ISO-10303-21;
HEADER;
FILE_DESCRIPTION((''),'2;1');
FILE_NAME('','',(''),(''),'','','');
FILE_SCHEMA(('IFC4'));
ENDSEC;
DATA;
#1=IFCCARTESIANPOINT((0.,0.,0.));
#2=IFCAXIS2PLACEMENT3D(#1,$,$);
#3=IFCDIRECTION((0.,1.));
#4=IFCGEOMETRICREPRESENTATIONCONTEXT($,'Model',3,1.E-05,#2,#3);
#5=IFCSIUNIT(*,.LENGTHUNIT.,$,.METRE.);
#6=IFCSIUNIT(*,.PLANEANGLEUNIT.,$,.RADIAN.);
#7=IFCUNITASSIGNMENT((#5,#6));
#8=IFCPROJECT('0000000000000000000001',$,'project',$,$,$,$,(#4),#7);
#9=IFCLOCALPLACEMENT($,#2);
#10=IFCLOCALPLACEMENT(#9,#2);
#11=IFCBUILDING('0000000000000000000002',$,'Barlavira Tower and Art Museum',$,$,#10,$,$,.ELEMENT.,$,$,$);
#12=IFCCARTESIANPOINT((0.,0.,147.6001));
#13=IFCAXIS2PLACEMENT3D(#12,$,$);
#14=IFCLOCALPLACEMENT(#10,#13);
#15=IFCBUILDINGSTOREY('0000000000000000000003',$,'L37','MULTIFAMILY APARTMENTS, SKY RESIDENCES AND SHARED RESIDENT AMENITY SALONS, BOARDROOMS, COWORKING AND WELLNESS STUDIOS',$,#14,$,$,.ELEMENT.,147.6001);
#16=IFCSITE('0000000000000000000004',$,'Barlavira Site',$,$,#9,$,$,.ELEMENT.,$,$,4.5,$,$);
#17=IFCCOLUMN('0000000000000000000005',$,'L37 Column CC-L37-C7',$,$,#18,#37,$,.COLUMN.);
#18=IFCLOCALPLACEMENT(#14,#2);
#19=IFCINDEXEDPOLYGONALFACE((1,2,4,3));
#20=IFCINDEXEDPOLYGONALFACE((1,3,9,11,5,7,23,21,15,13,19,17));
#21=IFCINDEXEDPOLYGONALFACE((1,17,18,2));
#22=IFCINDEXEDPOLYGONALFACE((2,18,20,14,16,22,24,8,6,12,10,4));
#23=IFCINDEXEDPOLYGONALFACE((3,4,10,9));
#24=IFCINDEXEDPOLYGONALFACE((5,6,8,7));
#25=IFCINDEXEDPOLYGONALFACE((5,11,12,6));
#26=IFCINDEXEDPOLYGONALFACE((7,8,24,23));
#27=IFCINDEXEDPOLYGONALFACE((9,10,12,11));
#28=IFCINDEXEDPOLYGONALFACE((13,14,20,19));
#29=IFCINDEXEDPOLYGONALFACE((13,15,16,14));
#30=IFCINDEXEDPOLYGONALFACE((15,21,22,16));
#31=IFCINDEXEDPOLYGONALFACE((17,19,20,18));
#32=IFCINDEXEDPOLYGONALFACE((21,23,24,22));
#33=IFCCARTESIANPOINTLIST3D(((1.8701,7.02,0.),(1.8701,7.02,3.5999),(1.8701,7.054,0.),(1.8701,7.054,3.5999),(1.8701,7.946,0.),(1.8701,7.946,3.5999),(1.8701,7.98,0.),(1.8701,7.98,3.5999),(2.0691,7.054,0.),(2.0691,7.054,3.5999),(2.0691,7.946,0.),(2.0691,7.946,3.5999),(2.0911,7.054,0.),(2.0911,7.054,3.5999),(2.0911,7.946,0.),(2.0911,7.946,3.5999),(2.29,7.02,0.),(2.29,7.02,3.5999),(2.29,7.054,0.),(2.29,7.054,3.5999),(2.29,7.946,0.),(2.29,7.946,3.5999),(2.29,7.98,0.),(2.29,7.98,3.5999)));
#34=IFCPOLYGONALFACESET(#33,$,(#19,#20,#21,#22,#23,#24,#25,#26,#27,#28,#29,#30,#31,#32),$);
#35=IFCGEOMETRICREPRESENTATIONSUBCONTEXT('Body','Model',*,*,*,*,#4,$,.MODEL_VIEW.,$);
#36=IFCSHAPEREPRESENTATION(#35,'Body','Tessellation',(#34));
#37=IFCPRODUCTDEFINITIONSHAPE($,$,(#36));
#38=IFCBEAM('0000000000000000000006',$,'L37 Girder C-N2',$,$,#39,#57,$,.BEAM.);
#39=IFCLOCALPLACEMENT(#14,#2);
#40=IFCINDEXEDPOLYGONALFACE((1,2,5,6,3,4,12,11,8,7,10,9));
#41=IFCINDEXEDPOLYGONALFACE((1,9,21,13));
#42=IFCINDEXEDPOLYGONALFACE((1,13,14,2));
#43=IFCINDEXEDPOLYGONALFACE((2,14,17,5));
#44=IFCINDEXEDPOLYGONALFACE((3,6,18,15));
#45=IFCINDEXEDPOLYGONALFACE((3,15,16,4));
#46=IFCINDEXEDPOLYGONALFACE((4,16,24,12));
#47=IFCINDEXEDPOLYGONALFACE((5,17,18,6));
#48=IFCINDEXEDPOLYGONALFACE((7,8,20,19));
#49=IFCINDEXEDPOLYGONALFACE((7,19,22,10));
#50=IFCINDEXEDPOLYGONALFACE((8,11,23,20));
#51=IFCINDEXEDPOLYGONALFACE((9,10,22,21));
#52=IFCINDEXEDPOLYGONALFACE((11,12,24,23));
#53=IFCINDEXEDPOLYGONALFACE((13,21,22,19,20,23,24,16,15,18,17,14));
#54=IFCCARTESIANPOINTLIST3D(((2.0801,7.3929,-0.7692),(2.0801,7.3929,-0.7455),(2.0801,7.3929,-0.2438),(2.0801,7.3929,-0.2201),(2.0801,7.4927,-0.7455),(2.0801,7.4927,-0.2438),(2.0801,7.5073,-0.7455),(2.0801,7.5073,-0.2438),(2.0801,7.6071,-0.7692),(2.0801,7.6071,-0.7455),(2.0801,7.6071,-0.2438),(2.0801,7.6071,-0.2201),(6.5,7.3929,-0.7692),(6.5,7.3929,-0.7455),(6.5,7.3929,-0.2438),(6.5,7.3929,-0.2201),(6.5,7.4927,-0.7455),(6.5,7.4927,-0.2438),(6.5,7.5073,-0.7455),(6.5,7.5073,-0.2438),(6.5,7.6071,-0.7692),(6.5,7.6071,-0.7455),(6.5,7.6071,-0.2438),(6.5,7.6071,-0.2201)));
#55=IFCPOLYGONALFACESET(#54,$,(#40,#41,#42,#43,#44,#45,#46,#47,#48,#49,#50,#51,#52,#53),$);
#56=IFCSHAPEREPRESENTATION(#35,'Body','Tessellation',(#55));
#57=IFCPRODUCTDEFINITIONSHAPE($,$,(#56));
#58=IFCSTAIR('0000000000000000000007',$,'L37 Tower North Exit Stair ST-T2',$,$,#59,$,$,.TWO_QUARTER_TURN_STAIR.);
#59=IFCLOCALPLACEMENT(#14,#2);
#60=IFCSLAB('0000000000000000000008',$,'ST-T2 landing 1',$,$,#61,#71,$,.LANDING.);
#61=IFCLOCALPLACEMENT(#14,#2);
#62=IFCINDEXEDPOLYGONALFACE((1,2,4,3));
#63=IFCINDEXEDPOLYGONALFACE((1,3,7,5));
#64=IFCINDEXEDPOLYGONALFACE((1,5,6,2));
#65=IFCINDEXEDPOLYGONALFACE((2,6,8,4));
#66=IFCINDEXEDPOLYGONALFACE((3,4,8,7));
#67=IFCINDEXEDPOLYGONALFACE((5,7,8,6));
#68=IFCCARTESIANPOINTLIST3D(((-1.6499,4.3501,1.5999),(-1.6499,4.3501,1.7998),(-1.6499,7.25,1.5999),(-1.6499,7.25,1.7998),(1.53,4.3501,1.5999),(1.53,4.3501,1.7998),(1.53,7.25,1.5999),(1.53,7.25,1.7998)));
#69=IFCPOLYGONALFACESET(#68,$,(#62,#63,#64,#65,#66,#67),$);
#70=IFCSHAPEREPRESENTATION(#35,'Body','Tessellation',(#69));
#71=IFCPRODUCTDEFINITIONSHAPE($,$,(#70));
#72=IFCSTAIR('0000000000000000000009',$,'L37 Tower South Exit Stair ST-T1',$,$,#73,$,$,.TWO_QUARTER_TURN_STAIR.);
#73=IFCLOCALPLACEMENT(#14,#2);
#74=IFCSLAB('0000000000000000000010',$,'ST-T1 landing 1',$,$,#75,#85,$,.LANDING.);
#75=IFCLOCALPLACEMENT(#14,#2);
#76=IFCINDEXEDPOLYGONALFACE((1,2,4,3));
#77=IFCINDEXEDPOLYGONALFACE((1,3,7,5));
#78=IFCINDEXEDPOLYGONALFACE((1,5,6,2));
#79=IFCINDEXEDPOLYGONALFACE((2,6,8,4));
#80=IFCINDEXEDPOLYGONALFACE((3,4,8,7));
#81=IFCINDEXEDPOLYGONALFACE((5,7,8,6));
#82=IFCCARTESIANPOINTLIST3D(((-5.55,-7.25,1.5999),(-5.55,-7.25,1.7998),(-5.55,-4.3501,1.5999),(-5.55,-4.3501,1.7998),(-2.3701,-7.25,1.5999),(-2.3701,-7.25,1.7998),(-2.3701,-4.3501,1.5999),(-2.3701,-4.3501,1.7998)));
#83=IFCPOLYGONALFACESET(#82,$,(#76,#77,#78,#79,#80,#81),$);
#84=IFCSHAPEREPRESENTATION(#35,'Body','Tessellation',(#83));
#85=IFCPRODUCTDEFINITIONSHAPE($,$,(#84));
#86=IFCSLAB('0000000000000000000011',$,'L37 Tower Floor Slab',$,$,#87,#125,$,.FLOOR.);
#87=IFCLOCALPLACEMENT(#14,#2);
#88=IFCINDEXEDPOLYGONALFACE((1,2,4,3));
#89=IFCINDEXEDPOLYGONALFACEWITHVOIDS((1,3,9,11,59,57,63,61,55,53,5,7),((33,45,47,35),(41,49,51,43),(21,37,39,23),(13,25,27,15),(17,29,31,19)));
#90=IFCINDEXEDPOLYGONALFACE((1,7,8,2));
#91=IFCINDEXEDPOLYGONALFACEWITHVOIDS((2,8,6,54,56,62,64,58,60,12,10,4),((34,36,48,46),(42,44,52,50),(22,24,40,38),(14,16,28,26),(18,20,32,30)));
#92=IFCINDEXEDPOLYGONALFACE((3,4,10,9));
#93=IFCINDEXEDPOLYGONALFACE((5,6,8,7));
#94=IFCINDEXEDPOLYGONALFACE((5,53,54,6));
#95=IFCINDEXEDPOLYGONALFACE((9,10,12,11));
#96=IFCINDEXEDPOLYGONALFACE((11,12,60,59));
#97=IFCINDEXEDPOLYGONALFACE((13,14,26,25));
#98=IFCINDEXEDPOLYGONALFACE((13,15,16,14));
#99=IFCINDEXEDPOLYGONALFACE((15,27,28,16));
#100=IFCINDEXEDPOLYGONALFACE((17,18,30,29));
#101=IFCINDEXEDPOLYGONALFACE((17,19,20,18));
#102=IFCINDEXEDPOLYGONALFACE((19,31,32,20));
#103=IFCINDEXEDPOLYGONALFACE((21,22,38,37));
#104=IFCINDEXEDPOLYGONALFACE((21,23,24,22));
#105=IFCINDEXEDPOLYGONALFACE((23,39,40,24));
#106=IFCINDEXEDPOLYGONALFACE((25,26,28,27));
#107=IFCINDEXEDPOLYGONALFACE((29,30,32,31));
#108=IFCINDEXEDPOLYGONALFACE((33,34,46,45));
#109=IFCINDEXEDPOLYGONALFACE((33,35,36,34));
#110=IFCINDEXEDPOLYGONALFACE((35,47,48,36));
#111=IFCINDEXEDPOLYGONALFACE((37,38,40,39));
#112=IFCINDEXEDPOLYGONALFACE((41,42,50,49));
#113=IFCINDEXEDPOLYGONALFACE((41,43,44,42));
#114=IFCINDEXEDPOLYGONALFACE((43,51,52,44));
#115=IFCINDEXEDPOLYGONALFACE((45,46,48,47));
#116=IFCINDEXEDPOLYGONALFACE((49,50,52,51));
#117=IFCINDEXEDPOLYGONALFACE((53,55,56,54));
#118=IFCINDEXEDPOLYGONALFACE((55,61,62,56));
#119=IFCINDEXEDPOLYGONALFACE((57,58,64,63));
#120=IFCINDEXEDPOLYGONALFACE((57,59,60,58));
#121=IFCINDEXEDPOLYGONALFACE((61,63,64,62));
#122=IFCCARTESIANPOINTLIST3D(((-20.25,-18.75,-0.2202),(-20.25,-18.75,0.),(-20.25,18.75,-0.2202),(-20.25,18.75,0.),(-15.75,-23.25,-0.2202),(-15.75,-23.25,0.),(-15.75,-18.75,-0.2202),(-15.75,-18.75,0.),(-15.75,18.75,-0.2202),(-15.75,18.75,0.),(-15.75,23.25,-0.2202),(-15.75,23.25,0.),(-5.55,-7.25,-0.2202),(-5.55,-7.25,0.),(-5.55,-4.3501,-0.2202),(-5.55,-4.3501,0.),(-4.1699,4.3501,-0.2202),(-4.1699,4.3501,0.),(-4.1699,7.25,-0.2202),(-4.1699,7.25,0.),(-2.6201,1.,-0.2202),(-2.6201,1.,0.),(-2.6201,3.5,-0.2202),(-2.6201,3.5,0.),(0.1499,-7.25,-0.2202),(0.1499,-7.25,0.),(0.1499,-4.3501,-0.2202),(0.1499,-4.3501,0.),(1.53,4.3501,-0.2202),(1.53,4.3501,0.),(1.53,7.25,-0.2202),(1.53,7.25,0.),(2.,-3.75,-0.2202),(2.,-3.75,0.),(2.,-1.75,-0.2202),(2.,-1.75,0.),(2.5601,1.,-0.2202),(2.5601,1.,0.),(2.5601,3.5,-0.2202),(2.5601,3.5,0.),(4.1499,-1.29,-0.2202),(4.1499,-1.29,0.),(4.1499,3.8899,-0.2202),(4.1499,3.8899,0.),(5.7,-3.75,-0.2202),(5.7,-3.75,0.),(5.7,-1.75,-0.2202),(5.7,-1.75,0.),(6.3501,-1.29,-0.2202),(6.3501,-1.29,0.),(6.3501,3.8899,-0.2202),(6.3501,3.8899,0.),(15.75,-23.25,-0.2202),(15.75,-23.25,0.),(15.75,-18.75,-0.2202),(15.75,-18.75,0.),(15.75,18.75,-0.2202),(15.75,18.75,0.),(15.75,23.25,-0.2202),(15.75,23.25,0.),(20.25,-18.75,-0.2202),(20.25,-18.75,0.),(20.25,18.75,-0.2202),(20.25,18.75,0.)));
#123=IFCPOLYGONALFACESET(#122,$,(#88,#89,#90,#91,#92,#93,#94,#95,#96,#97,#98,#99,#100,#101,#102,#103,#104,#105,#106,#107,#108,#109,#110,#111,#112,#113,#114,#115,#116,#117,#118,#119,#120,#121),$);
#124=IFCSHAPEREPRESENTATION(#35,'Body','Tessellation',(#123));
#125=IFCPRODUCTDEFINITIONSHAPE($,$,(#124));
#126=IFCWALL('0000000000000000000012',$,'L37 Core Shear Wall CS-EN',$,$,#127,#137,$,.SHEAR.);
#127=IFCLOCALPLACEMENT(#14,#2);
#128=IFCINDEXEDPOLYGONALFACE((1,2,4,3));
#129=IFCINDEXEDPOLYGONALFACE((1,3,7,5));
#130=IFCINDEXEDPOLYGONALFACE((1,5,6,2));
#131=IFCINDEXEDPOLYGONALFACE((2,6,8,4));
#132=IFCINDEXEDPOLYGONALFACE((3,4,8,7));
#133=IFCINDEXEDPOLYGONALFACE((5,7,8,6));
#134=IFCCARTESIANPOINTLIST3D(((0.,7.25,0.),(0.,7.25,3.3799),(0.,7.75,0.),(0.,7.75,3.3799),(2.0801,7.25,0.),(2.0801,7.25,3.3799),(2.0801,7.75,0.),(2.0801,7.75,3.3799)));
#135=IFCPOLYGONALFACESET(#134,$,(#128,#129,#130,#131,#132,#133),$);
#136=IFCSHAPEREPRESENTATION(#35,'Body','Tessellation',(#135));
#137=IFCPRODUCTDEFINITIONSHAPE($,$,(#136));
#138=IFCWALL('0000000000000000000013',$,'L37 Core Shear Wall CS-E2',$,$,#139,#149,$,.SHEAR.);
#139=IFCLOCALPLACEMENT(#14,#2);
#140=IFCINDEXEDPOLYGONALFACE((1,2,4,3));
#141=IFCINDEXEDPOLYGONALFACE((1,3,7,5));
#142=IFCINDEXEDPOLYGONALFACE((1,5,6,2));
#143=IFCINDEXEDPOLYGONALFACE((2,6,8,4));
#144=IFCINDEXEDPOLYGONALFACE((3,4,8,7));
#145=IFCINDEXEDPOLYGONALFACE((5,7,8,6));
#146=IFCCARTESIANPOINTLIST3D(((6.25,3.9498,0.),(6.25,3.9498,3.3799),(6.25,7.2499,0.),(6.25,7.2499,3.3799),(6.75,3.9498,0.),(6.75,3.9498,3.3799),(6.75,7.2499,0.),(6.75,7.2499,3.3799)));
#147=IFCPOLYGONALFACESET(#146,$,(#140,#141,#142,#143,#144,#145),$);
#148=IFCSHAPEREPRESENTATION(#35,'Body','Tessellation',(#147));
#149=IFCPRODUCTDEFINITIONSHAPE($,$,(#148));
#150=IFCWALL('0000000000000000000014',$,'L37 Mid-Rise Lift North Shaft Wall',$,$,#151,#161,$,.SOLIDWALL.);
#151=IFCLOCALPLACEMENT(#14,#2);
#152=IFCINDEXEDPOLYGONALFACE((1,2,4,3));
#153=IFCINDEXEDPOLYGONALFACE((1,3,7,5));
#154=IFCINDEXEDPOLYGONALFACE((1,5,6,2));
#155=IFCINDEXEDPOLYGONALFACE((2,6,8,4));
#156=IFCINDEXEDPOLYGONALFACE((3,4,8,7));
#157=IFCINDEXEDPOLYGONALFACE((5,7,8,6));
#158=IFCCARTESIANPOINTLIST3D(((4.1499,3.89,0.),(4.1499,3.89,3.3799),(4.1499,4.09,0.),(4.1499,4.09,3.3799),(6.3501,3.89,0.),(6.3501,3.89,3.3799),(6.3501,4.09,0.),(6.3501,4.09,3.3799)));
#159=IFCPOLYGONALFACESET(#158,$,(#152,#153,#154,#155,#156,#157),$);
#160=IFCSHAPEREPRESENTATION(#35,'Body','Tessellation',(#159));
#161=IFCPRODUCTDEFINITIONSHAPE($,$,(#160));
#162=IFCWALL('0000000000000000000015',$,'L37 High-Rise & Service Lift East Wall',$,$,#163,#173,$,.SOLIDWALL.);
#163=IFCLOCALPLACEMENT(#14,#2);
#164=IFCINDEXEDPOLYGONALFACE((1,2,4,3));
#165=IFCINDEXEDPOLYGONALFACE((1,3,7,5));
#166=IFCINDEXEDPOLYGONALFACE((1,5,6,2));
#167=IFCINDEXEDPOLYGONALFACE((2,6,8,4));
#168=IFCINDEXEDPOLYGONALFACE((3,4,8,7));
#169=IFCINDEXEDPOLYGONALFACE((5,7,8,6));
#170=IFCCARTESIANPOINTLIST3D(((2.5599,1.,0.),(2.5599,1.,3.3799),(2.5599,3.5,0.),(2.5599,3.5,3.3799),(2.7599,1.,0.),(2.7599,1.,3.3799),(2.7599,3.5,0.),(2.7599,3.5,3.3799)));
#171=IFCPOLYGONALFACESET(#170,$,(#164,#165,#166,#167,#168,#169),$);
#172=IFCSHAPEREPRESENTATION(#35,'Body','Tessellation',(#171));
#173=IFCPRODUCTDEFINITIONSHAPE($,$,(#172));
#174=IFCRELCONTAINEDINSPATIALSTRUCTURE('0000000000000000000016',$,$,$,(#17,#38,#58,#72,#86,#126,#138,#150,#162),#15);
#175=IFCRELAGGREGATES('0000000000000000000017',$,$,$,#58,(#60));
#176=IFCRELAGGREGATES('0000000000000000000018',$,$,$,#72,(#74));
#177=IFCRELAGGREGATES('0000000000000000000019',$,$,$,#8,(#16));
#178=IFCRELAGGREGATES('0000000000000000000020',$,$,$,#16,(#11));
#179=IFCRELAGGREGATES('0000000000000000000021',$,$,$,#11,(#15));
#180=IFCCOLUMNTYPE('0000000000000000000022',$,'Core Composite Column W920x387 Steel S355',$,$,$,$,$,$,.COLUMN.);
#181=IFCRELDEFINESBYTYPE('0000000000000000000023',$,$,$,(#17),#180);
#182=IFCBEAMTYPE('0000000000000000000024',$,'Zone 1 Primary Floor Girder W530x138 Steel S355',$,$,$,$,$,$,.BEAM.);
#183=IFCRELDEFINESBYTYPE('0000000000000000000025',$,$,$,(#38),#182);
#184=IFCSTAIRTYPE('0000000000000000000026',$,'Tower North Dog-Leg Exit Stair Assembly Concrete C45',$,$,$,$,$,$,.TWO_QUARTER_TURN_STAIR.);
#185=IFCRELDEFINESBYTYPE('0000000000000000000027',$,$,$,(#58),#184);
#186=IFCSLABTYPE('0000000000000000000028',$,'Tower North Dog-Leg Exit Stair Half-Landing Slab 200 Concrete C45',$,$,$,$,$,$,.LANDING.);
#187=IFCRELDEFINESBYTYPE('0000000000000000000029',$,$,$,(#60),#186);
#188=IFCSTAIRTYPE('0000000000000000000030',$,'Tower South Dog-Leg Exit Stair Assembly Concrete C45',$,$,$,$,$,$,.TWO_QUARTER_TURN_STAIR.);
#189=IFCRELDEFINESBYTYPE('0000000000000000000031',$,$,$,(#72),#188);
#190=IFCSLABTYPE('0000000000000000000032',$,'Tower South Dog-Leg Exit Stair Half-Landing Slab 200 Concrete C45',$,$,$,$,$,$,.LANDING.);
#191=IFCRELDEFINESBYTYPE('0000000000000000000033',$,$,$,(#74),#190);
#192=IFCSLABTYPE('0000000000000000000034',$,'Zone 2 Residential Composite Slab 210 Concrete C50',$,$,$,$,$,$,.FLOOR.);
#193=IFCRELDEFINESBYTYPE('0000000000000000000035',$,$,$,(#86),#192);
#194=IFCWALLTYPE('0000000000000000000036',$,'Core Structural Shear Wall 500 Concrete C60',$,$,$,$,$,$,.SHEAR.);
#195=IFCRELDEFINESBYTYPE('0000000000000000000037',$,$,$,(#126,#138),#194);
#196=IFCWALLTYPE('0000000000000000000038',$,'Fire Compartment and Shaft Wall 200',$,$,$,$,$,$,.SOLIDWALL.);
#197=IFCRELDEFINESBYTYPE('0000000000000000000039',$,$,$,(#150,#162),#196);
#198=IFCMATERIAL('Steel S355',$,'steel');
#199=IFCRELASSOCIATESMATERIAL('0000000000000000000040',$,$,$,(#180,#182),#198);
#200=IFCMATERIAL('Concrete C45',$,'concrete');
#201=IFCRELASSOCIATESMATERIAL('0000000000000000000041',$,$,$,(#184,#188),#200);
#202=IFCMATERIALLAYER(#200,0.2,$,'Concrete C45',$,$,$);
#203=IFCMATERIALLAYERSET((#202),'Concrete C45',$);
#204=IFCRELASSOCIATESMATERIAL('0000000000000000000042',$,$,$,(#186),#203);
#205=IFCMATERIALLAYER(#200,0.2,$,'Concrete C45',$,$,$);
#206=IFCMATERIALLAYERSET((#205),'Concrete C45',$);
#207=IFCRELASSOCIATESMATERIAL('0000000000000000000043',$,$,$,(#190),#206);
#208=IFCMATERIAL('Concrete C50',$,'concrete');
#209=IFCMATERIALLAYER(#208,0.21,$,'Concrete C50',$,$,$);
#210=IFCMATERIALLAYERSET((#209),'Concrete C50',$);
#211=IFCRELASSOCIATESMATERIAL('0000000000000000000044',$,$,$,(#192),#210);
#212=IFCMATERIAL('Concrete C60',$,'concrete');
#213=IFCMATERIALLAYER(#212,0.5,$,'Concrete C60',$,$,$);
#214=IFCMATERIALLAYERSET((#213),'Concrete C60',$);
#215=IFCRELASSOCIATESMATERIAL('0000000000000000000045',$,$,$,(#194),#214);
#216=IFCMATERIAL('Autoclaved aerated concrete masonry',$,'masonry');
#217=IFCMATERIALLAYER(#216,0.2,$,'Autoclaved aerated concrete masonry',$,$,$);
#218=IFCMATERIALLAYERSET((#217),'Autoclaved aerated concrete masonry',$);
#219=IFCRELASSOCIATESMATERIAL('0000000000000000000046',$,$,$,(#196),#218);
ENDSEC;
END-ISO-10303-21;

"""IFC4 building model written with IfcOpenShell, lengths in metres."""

from ifc_helpers import new_model, si_unit, direction, frame, frame_2d, origin, origin_2d, place, context, subcontext, project, spatial, polyline, rectangle, i_section, outline, extrude, material, layer, layer_set, material_profile, profile_set, type_object, element, aggregate, save


model = new_model("IFC4")

# Units and contexts
model_context = context("Model", 3, precision=1e-05, world=origin(), true_north=direction((0.0, 1.0)))
body_context = subcontext(model_context, "Body", "Model", "MODEL_VIEW")
ifc_project = project(units=[si_unit("LENGTHUNIT", "METRE"), si_unit("PLANEANGLEUNIT", "RADIAN")], contexts=[model_context])

# Site, building, storey
site_placement = place(None, origin())
site = spatial("IfcSite", under=ifc_project, at=site_placement, Name="Barlavira Site", CompositionType="ELEMENT", RefElevation=4.5)
building_placement = place(site_placement, origin())
building = spatial("IfcBuilding", under=site, at=building_placement, Name="Barlavira Tower and Art Museum", CompositionType="ELEMENT")
storey_placement = place(building_placement, frame((0.0, 0.0, 147.6001)))
storey = spatial("IfcBuildingStorey", under=building, at=storey_placement, Name="L37", Description="MULTIFAMILY APARTMENTS, SKY RESIDENCES AND SHARED RESIDENT AMENITY SALONS, BOARDROOMS, COWORKING AND WELLNESS STUDIOS", CompositionType="ELEMENT", Elevation=147.6001)

# Column
ifc_material_1 = material(Name="Steel S355", Category="steel")
ifc_material_profile_1 = material_profile(ifc_material_1, i_section(OverallWidth=0.4199, OverallDepth=0.96, WebThickness=0.022, FlangeThickness=0.0339, at=origin_2d()), Name="W920x387.0")
ifc_profile_set_1 = profile_set([ifc_material_profile_1], Name="Steel S355")
column_type = type_object("IfcColumnType", Name="Core Composite Column W920x387 Steel S355", PredefinedType="COLUMN", material=ifc_profile_set_1)
column_placement = place(storey_placement, frame((2.0801, 7.5, 0.0), z_axis=(0.0, 0.0, 1.0), x_axis=(1.0, 0.0, 0.0)))
element("IfcColumn", 1, at=column_placement, inside=storey, type_object=column_type, Name="L37 Column CC-L37-C7", PredefinedType="COLUMN", context=body_context, shape_type="SweptSolid", body=[
    extrude(i_section(OverallWidth=0.4199, OverallDepth=0.96, WebThickness=0.022, FlangeThickness=0.0339, at=origin_2d()), origin(), (0.0, 0.0, 1.0), 3.5999),
])

# Beam
ifc_material_profile_2 = material_profile(ifc_material_1, i_section(OverallWidth=0.2141, OverallDepth=0.5491, WebThickness=0.0146, FlangeThickness=0.0237, at=origin_2d()), Name="W530x138.0")
ifc_profile_set_2 = profile_set([ifc_material_profile_2], Name="Steel S355")
beam_type = type_object("IfcBeamType", Name="Zone 1 Primary Floor Girder W530x138 Steel S355", PredefinedType="BEAM", material=ifc_profile_set_2)
beam_placement = place(storey_placement, frame((2.0801, 7.5, -0.4946), z_axis=(1.0, 0.0, 0.0), x_axis=(0.0, 1.0, 0.0)))
element("IfcBeam", 2, at=beam_placement, inside=storey, type_object=beam_type, Name="L37 Girder C-N2", PredefinedType="BEAM", context=body_context, shape_type="SweptSolid", body=[
    extrude(i_section(OverallWidth=0.2141, OverallDepth=0.5491, WebThickness=0.0146, FlangeThickness=0.0237, at=origin_2d()), origin(), (0.0, 0.0, 1.0), 4.4199),
])

# Stairs, slabs
ifc_material_2 = material(Name="Concrete C45", Category="concrete")
stair_type_1 = type_object("IfcStairType", Name="Tower North Dog-Leg Exit Stair Assembly Concrete C45", PredefinedType="TWO_QUARTER_TURN_STAIR", material=ifc_material_2)
stair_1_placement = place(storey_placement, origin())
stair_1 = element("IfcStair", 3, at=stair_1_placement, inside=storey, type_object=stair_type_1, Name="L37 Tower North Exit Stair ST-T2", PredefinedType="TWO_QUARTER_TURN_STAIR")
ifc_layer_1 = layer(ifc_material_2, 0.2, Name="Concrete C45")
ifc_layer_set_1 = layer_set([ifc_layer_1], Name="Concrete C45")
slab_type_1 = type_object("IfcSlabType", Name="Tower North Dog-Leg Exit Stair Half-Landing Slab 200 Concrete C45", PredefinedType="LANDING", material=ifc_layer_set_1)
slab_1_placement = place(storey_placement, frame((0.0, 0.0, 1.5999)))
slab_1 = element("IfcSlab", 4, at=slab_1_placement, type_object=slab_type_1, Name="ST-T2 landing 1", PredefinedType="LANDING", context=body_context, shape_type="SweptSolid", body=[
    extrude(outline(polyline([(-1.6499, 4.3501), (1.53, 4.3501), (1.53, 7.25), (-1.6499, 7.25), (-1.6499, 4.3501)])), origin(), (0.0, 0.0, 1.0), 0.2),
])
aggregate(stair_1, [slab_1])
stair_type_2 = type_object("IfcStairType", Name="Tower South Dog-Leg Exit Stair Assembly Concrete C45", PredefinedType="TWO_QUARTER_TURN_STAIR", material=ifc_material_2)
stair_2_placement = place(storey_placement, origin())
stair_2 = element("IfcStair", 5, at=stair_2_placement, inside=storey, type_object=stair_type_2, Name="L37 Tower South Exit Stair ST-T1", PredefinedType="TWO_QUARTER_TURN_STAIR")
ifc_layer_2 = layer(ifc_material_2, 0.2, Name="Concrete C45")
ifc_layer_set_2 = layer_set([ifc_layer_2], Name="Concrete C45")
slab_type_2 = type_object("IfcSlabType", Name="Tower South Dog-Leg Exit Stair Half-Landing Slab 200 Concrete C45", PredefinedType="LANDING", material=ifc_layer_set_2)
slab_2_placement = place(storey_placement, frame((0.0, 0.0, 1.5999)))
slab_2 = element("IfcSlab", 6, at=slab_2_placement, type_object=slab_type_2, Name="ST-T1 landing 1", PredefinedType="LANDING", context=body_context, shape_type="SweptSolid", body=[
    extrude(outline(polyline([(-2.3701, -4.3501), (-5.55, -4.3501), (-5.55, -7.25), (-2.3701, -7.25), (-2.3701, -4.3501)])), origin(), (0.0, 0.0, 1.0), 0.2),
])
aggregate(stair_2, [slab_2])

# Slab
ifc_material_3 = material(Name="Concrete C50", Category="concrete")
ifc_layer_3 = layer(ifc_material_3, 0.21, Name="Concrete C50")
ifc_layer_set_3 = layer_set([ifc_layer_3], Name="Concrete C50")
slab_type_3 = type_object("IfcSlabType", Name="Zone 2 Residential Composite Slab 210 Concrete C50", PredefinedType="FLOOR", material=ifc_layer_set_3)
slab_3_placement = place(storey_placement, frame((0.0, 0.0, -0.2202)))
element("IfcSlab", 7, at=slab_3_placement, inside=storey, type_object=slab_type_3, Name="L37 Tower Floor Slab", PredefinedType="FLOOR", context=body_context, shape_type="SweptSolid", body=[
    extrude(outline(polyline([(-15.75, -23.25), (15.75, -23.25), (15.75, -18.75), (20.25, -18.75), (20.25, 18.75), (15.75, 18.75), (15.75, 23.25), (-15.75, 23.25), (-15.75, 18.75), (-20.25, 18.75), (-20.25, -18.75), (-15.75, -18.75), (-15.75, -23.25)]), holes=[polyline([(0.1499, -4.3501), (-5.55, -4.3501), (-5.55, -7.25), (0.1499, -7.25), (0.1499, -4.3501)]), polyline([(-4.1699, 4.3501), (1.53, 4.3501), (1.53, 7.25), (-4.1699, 7.25), (-4.1699, 4.3501)]), polyline([(4.1499, -1.29), (6.3501, -1.29), (6.3501, 3.8899), (4.1499, 3.8899), (4.1499, -1.29)]), polyline([(-2.6201, 1.0), (2.5601, 1.0), (2.5601, 3.5), (-2.6201, 3.5), (-2.6201, 1.0)]), polyline([(2.0, -3.75), (5.7, -3.75), (5.7, -1.75), (2.0, -1.75), (2.0, -3.75)])]), origin(), (0.0, 0.0, 1.0), 0.2202),
])

# Walls
ifc_material_4 = material(Name="Concrete C60", Category="concrete")
ifc_layer_4 = layer(ifc_material_4, 0.5, Name="Concrete C60")
ifc_layer_set_4 = layer_set([ifc_layer_4], Name="Concrete C60")
wall_type_1 = type_object("IfcWallType", Name="Core Structural Shear Wall 500 Concrete C60", PredefinedType="SHEAR", material=ifc_layer_set_4)
wall_1_placement = place(storey_placement, frame((0.0, 7.5, 0.0), z_axis=(0.0, 0.0, 1.0), x_axis=(1.0, 0.0, 0.0)))
element("IfcWall", 8, at=wall_1_placement, inside=storey, type_object=wall_type_1, Name="L37 Core Shear Wall CS-EN", PredefinedType="SHEAR", context=body_context, shape_type="SweptSolid", body=[
    extrude(rectangle(XDim=2.0801, YDim=0.5, at=frame_2d((1.04, 0.0))), origin(), (0.0, 0.0, 1.0), 3.3799),
])
wall_2_placement = place(storey_placement, frame((6.5, 3.95, 0.0), z_axis=(0.0, 0.0, 1.0), x_axis=(0.0, 1.0, 0.0)))
element("IfcWall", 9, at=wall_2_placement, inside=storey, type_object=wall_type_1, Name="L37 Core Shear Wall CS-E2", PredefinedType="SHEAR", context=body_context, shape_type="SweptSolid", body=[
    extrude(rectangle(XDim=3.3, YDim=0.5, at=frame_2d((1.6499, 0.0))), origin(), (0.0, 0.0, 1.0), 3.3799),
])
ifc_material_5 = material(Name="Autoclaved aerated concrete masonry", Category="masonry")
ifc_layer_5 = layer(ifc_material_5, 0.2, Name="Autoclaved aerated concrete masonry")
ifc_layer_set_5 = layer_set([ifc_layer_5], Name="Autoclaved aerated concrete masonry")
wall_type_2 = type_object("IfcWallType", Name="Fire Compartment and Shaft Wall 200", PredefinedType="SOLIDWALL", material=ifc_layer_set_5)
wall_3_placement = place(storey_placement, frame((4.1499, 3.99, 0.0), z_axis=(0.0, 0.0, 1.0), x_axis=(1.0, 0.0, 0.0)))
element("IfcWall", 10, at=wall_3_placement, inside=storey, type_object=wall_type_2, Name="L37 Mid-Rise Lift North Shaft Wall", PredefinedType="SOLIDWALL", context=body_context, shape_type="SweptSolid", body=[
    extrude(rectangle(XDim=2.2002, YDim=0.2, at=frame_2d((1.1001, 0.0))), origin(), (0.0, 0.0, 1.0), 3.3799),
])
wall_4_placement = place(storey_placement, frame((2.6599, 1.0, 0.0), z_axis=(0.0, 0.0, 1.0), x_axis=(0.0, 1.0, 0.0)))
element("IfcWall", 11, at=wall_4_placement, inside=storey, type_object=wall_type_2, Name="L37 High-Rise & Service Lift East Wall", PredefinedType="SOLIDWALL", context=body_context, shape_type="SweptSolid", body=[
    extrude(rectangle(XDim=2.5, YDim=0.2, at=frame_2d((1.25, 0.0))), origin(), (0.0, 0.0, 1.0), 3.3799),
])

save(model, "model.ifc")
